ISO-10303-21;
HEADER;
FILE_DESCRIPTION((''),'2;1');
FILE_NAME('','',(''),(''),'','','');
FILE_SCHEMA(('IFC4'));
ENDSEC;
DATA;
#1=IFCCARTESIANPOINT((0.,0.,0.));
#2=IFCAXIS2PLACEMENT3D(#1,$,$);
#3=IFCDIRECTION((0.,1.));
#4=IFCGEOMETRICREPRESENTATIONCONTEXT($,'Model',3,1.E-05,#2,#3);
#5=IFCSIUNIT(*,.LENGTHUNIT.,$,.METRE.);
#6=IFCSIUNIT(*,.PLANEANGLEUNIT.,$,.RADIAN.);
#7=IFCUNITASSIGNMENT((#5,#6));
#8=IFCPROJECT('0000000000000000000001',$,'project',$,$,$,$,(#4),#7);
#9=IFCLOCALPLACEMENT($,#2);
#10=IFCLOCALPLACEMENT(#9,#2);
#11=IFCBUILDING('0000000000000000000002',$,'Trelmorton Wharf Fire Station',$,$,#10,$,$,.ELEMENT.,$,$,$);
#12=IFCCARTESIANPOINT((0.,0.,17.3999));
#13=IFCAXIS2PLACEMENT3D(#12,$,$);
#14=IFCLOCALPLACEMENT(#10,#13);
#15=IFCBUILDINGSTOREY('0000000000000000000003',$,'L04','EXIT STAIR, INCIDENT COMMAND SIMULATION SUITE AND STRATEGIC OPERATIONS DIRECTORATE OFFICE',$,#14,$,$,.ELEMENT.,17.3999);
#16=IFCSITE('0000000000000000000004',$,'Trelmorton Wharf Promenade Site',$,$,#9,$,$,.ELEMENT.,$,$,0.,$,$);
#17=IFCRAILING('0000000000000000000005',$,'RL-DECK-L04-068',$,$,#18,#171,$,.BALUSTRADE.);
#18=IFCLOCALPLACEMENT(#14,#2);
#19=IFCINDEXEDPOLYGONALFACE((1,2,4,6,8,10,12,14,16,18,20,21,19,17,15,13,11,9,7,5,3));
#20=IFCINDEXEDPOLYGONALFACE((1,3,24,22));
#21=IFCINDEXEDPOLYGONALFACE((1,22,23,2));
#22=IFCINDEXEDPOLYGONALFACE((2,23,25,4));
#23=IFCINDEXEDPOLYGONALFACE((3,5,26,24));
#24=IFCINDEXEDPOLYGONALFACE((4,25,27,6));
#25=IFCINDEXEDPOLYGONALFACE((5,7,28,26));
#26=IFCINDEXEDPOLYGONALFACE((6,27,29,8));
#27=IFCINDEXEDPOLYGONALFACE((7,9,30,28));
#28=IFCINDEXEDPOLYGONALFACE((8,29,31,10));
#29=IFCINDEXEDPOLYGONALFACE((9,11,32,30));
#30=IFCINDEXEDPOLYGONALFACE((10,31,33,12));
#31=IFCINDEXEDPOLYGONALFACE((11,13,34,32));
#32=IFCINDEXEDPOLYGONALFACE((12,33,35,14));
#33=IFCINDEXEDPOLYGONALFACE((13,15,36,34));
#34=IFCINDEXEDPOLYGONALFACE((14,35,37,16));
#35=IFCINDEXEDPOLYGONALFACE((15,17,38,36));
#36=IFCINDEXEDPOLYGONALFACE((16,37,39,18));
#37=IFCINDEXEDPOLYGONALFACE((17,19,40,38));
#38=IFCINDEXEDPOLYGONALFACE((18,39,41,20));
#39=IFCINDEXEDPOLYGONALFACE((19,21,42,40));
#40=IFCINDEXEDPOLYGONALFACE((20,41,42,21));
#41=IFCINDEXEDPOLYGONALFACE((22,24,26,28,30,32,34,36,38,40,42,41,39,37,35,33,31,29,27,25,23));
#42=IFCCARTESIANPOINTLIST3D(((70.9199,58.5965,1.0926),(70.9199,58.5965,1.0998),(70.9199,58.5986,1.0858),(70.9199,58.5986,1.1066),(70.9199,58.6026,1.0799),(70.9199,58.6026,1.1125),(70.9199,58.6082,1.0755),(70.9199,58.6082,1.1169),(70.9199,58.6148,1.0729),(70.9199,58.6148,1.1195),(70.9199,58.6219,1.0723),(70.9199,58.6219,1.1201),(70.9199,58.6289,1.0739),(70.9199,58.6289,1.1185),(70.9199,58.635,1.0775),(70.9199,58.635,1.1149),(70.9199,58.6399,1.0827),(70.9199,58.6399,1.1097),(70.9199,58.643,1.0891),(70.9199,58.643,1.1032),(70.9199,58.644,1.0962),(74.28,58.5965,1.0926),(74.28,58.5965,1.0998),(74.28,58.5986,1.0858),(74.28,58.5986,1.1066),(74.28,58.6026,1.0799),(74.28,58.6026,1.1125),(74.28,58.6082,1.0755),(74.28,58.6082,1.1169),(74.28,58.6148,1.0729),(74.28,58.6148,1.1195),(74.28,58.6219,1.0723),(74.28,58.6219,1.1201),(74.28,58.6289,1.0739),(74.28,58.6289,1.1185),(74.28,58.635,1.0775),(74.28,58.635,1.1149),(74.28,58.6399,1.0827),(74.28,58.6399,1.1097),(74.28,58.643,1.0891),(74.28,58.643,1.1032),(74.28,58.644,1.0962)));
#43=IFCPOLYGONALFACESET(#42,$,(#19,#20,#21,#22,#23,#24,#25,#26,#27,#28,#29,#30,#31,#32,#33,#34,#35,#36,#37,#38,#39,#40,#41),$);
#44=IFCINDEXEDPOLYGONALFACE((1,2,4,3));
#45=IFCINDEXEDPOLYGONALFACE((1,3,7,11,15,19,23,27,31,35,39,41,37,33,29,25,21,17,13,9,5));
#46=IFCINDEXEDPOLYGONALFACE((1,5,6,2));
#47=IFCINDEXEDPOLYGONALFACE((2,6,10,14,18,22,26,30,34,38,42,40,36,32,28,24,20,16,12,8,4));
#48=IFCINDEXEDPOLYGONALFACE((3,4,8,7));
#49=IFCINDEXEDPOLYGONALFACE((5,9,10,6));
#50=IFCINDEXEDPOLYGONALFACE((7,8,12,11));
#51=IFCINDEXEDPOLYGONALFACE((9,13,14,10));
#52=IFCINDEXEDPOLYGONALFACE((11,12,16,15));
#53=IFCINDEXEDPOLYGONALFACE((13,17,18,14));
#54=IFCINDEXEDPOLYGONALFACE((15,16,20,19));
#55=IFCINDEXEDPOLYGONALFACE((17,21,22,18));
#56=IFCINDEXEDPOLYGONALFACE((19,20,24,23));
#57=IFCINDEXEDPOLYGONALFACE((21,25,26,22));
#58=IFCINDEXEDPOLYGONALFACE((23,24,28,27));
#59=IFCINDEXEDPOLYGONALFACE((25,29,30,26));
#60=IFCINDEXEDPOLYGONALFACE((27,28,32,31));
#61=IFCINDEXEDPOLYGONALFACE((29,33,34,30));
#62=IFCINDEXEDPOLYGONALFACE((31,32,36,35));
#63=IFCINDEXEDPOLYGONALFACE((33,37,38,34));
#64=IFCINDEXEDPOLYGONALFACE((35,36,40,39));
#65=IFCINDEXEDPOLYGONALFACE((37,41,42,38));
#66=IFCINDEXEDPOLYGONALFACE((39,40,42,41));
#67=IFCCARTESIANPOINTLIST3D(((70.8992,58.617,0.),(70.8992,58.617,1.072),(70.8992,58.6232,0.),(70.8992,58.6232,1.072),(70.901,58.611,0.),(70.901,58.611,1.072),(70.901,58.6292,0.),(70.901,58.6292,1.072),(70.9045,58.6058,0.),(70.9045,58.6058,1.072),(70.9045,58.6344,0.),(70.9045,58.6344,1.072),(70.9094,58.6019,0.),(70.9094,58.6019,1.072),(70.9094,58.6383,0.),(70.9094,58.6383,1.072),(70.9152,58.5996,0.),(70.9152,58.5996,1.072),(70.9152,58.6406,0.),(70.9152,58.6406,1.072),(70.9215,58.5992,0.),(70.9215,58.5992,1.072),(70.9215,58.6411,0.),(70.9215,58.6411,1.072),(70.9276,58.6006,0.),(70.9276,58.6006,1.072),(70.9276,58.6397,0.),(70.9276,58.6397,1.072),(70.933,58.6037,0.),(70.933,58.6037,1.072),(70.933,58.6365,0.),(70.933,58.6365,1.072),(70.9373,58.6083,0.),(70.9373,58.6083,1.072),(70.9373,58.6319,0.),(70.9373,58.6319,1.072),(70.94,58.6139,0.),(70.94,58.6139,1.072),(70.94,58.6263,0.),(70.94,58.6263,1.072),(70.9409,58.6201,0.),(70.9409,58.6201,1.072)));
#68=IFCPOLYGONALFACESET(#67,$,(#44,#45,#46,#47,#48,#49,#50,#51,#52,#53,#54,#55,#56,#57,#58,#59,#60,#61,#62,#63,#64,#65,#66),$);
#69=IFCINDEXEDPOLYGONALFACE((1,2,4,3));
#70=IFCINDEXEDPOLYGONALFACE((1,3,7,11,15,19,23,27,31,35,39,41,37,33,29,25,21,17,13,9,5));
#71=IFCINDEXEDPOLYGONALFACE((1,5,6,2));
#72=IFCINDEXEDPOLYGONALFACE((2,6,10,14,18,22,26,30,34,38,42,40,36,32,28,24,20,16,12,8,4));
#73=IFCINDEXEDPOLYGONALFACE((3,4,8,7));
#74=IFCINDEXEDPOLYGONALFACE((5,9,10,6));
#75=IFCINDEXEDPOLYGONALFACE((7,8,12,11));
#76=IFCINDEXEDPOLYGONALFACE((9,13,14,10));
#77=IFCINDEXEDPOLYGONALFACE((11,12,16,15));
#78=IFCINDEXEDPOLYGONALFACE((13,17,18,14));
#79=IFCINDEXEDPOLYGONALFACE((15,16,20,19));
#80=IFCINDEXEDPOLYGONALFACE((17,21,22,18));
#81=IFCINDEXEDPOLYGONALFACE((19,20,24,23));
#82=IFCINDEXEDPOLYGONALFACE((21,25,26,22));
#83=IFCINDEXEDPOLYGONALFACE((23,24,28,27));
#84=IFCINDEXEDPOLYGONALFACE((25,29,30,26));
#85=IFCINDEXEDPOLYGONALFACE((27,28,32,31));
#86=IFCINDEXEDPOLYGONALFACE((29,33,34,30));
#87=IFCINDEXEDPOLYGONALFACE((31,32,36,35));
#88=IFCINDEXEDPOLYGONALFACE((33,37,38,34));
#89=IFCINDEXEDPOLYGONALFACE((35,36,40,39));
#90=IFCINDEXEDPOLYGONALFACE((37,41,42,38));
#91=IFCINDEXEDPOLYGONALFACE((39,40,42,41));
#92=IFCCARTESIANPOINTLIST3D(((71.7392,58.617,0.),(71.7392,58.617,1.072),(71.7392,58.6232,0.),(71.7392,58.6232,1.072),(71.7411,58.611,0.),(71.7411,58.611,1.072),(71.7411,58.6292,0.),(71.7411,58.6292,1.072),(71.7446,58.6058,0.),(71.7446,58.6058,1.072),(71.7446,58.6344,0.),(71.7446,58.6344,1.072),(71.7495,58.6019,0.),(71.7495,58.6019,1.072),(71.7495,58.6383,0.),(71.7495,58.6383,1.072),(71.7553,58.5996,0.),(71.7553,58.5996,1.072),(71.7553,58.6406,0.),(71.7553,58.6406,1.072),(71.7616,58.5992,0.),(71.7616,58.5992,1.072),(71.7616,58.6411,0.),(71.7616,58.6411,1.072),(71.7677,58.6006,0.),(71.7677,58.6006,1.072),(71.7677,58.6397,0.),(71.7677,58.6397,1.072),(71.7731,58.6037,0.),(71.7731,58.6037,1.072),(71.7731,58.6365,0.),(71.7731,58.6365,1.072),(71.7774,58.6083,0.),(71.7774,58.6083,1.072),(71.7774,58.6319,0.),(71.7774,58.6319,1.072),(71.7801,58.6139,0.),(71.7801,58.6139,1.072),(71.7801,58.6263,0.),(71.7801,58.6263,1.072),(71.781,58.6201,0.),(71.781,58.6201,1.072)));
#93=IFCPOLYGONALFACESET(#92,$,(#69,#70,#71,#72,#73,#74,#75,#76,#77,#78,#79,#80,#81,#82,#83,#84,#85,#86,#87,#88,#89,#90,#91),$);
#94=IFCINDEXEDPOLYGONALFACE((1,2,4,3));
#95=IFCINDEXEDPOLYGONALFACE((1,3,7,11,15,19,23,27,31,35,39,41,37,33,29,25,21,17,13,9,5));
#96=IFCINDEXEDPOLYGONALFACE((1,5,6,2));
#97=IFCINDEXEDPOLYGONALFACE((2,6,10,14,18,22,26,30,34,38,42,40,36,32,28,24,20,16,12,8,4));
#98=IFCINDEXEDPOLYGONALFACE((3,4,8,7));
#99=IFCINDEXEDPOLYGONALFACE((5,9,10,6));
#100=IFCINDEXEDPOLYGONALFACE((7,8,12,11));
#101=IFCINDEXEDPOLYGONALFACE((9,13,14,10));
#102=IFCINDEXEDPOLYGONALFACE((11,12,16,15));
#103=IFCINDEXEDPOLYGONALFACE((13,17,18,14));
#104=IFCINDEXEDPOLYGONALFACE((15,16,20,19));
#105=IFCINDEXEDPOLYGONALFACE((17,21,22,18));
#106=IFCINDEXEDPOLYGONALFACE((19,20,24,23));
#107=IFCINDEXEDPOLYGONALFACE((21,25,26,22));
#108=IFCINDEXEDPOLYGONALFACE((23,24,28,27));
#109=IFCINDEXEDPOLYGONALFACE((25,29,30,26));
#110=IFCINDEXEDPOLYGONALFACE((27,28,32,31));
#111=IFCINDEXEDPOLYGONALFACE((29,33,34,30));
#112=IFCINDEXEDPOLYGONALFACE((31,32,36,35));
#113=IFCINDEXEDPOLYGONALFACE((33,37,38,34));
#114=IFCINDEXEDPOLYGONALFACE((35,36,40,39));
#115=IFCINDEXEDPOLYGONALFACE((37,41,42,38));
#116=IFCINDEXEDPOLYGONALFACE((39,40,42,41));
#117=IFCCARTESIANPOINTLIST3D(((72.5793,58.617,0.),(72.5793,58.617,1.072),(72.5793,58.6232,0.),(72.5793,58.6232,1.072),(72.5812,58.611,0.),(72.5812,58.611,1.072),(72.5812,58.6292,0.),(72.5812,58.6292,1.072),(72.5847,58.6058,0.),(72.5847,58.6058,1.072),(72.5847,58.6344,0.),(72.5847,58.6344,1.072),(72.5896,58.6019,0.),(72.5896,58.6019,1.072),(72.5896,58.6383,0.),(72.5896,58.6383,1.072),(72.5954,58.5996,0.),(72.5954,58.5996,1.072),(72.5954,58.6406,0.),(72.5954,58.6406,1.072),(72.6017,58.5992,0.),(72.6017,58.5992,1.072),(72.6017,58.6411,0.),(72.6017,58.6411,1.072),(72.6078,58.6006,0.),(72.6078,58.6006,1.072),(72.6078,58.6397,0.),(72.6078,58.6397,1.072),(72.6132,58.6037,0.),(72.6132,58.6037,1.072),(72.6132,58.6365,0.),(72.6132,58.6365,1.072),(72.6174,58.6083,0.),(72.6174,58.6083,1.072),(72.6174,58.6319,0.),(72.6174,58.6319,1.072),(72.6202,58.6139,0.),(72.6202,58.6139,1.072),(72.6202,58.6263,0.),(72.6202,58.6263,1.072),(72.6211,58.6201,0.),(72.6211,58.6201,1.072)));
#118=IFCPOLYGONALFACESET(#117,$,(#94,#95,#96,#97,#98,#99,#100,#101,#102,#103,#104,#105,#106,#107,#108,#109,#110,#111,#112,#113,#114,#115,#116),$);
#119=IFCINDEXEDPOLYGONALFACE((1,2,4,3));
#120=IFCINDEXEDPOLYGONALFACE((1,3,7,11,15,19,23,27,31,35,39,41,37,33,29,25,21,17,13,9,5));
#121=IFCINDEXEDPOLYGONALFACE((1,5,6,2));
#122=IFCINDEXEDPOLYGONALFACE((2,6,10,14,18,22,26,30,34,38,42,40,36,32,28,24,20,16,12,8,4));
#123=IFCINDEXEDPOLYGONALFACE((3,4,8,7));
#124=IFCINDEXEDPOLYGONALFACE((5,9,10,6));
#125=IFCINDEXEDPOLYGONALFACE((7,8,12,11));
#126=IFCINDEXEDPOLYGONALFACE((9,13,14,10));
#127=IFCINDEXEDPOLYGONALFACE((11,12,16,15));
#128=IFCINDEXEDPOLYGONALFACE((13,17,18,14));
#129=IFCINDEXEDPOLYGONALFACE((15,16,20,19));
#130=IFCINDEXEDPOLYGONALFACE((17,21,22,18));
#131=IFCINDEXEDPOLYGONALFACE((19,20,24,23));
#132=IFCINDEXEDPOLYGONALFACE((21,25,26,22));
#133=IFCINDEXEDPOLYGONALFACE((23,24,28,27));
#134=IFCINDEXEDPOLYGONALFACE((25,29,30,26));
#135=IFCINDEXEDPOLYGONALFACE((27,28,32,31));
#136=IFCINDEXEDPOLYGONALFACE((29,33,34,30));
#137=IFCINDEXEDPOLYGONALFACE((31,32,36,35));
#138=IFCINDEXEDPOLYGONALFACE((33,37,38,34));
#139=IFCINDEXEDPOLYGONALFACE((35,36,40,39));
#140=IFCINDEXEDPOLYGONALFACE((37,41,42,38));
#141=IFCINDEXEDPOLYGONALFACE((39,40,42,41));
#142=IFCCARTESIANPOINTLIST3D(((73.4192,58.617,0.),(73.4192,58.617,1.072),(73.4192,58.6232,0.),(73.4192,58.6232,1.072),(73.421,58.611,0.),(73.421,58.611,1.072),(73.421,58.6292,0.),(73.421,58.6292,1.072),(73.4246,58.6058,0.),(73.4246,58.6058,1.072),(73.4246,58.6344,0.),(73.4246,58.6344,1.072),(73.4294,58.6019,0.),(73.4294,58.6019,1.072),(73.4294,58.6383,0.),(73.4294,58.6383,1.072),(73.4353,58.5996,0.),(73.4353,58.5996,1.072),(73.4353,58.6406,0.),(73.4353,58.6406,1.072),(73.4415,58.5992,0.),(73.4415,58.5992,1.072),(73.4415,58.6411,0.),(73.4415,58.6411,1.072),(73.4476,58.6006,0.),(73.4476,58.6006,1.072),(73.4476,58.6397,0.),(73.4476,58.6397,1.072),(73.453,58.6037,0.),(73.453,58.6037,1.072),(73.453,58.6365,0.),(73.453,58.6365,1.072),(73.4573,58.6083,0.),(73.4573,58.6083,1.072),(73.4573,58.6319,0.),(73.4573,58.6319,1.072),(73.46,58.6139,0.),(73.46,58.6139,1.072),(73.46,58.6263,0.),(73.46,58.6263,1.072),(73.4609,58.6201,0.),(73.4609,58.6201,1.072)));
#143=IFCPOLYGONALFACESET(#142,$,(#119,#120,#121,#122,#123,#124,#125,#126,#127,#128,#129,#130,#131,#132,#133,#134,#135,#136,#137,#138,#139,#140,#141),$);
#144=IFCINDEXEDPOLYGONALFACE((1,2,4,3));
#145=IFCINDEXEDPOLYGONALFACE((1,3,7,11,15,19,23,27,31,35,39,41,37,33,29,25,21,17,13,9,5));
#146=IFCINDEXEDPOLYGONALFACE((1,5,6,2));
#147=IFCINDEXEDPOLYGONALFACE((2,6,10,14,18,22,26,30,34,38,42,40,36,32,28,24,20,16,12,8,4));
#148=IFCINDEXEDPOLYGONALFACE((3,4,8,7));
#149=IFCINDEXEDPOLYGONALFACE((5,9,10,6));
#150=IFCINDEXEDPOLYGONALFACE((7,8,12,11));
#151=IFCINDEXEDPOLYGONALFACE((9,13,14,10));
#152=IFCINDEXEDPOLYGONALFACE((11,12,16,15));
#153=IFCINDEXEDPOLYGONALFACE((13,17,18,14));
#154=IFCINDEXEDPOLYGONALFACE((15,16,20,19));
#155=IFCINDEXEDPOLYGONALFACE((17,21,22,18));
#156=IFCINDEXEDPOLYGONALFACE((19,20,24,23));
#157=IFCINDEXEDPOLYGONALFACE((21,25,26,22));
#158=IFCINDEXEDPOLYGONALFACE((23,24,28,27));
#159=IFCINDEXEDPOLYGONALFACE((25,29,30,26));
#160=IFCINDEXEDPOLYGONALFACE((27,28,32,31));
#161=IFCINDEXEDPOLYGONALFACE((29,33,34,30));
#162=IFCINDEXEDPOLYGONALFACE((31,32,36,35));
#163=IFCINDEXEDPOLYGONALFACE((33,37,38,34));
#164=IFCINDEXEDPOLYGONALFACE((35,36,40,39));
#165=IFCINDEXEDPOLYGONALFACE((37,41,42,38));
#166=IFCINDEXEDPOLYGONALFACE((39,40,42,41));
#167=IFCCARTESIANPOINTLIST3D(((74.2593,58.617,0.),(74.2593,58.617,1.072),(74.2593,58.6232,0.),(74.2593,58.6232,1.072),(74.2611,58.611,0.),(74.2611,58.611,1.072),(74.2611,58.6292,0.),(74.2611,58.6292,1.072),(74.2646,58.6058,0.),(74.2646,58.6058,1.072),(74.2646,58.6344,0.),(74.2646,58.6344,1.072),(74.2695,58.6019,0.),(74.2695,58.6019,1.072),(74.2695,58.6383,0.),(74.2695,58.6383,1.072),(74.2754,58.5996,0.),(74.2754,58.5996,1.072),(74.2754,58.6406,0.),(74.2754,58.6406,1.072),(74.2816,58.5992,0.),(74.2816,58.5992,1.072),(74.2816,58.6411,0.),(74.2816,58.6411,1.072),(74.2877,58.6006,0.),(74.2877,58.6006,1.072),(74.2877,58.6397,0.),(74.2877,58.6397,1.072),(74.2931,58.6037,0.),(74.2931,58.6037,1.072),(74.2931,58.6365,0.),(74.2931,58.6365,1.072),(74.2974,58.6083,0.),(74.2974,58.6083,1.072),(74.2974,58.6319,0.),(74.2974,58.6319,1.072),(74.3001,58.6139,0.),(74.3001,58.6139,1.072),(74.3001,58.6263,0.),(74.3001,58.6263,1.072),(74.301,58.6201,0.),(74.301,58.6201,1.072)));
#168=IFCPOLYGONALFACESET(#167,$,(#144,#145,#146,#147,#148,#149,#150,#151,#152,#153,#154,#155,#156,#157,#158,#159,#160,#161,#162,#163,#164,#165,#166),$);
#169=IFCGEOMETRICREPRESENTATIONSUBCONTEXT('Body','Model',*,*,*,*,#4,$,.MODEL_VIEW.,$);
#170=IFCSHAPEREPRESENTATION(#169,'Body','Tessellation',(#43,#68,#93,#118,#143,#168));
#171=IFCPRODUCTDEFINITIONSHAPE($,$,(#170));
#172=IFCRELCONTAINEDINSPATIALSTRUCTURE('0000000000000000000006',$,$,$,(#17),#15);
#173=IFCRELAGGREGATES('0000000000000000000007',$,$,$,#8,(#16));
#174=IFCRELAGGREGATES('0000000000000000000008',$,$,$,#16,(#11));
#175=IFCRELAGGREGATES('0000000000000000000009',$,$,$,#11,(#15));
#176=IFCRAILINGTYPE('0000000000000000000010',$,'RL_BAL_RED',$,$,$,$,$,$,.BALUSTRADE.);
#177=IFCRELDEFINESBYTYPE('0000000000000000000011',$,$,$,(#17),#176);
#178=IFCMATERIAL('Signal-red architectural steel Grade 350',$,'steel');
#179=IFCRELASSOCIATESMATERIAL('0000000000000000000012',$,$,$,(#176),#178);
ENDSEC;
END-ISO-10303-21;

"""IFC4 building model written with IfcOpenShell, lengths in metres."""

from ifc_helpers import new_model, si_unit, direction, frame, origin, origin_2d, place, context, subcontext, project, spatial, circle, extrude, material, type_object, element, save


model = new_model("IFC4")

# Units and contexts
model_context = context("Model", 3, precision=1e-05, world=origin(), true_north=direction((0.0, 1.0)))
body_context = subcontext(model_context, "Body", "Model", "MODEL_VIEW")
ifc_project = project(units=[si_unit("LENGTHUNIT", "METRE"), si_unit("PLANEANGLEUNIT", "RADIAN")], contexts=[model_context])

# Site, building, storey
site_placement = place(None, origin())
site = spatial("IfcSite", under=ifc_project, at=site_placement, Name="Trelmorton Wharf Promenade Site", CompositionType="ELEMENT", RefElevation=0.0)
building_placement = place(site_placement, origin())
building = spatial("IfcBuilding", under=site, at=building_placement, Name="Trelmorton Wharf Fire Station", CompositionType="ELEMENT")
storey_placement = place(building_placement, frame((0.0, 0.0, 17.3999)))
storey = spatial("IfcBuildingStorey", under=building, at=storey_placement, Name="L04", Description="EXIT STAIR, INCIDENT COMMAND SIMULATION SUITE AND STRATEGIC OPERATIONS DIRECTORATE OFFICE", CompositionType="ELEMENT", Elevation=17.3999)

# Shared definitions
ifc_material_1 = material(Name="Signal-red architectural steel Grade 350", Category="steel")

# Railing
railing_type = type_object("IfcRailingType", Name="RL_BAL_RED", PredefinedType="BALUSTRADE", material=ifc_material_1)
railing_1_placement = place(storey_placement, frame((70.9199, 58.6201, 0.0)))
element("IfcRailing", 1, at=railing_1_placement, inside=storey, type_object=railing_type, Name="RL-DECK-L04-068", PredefinedType="BALUSTRADE", context=body_context, shape_type="SweptSolid", body=[
    extrude(circle(Radius=0.0239, at=origin_2d()), frame((0.0, 0.0, 1.0962), z_axis=(1.0, 0.0, 0.0), x_axis=(0.0, 1.0, 0.0)), (0.0, 0.0, 1.0), 3.3601),
    extrude(circle(Radius=0.021, at=origin_2d()), origin(), (0.0, 0.0, 1.0), 1.072),
    extrude(circle(Radius=0.021, at=origin_2d()), frame((0.8401, 0.0, 0.0)), (0.0, 0.0, 1.0), 1.072),
    extrude(circle(Radius=0.021, at=origin_2d()), frame((1.6802, 0.0, 0.0)), (0.0, 0.0, 1.0), 1.072),
    extrude(circle(Radius=0.021, at=origin_2d()), frame((2.52, 0.0, 0.0)), (0.0, 0.0, 1.0), 1.072),
    extrude(circle(Radius=0.021, at=origin_2d()), frame((3.3601, 0.0, 0.0)), (0.0, 0.0, 1.0), 1.072),
])

save(model, "model.ifc")
